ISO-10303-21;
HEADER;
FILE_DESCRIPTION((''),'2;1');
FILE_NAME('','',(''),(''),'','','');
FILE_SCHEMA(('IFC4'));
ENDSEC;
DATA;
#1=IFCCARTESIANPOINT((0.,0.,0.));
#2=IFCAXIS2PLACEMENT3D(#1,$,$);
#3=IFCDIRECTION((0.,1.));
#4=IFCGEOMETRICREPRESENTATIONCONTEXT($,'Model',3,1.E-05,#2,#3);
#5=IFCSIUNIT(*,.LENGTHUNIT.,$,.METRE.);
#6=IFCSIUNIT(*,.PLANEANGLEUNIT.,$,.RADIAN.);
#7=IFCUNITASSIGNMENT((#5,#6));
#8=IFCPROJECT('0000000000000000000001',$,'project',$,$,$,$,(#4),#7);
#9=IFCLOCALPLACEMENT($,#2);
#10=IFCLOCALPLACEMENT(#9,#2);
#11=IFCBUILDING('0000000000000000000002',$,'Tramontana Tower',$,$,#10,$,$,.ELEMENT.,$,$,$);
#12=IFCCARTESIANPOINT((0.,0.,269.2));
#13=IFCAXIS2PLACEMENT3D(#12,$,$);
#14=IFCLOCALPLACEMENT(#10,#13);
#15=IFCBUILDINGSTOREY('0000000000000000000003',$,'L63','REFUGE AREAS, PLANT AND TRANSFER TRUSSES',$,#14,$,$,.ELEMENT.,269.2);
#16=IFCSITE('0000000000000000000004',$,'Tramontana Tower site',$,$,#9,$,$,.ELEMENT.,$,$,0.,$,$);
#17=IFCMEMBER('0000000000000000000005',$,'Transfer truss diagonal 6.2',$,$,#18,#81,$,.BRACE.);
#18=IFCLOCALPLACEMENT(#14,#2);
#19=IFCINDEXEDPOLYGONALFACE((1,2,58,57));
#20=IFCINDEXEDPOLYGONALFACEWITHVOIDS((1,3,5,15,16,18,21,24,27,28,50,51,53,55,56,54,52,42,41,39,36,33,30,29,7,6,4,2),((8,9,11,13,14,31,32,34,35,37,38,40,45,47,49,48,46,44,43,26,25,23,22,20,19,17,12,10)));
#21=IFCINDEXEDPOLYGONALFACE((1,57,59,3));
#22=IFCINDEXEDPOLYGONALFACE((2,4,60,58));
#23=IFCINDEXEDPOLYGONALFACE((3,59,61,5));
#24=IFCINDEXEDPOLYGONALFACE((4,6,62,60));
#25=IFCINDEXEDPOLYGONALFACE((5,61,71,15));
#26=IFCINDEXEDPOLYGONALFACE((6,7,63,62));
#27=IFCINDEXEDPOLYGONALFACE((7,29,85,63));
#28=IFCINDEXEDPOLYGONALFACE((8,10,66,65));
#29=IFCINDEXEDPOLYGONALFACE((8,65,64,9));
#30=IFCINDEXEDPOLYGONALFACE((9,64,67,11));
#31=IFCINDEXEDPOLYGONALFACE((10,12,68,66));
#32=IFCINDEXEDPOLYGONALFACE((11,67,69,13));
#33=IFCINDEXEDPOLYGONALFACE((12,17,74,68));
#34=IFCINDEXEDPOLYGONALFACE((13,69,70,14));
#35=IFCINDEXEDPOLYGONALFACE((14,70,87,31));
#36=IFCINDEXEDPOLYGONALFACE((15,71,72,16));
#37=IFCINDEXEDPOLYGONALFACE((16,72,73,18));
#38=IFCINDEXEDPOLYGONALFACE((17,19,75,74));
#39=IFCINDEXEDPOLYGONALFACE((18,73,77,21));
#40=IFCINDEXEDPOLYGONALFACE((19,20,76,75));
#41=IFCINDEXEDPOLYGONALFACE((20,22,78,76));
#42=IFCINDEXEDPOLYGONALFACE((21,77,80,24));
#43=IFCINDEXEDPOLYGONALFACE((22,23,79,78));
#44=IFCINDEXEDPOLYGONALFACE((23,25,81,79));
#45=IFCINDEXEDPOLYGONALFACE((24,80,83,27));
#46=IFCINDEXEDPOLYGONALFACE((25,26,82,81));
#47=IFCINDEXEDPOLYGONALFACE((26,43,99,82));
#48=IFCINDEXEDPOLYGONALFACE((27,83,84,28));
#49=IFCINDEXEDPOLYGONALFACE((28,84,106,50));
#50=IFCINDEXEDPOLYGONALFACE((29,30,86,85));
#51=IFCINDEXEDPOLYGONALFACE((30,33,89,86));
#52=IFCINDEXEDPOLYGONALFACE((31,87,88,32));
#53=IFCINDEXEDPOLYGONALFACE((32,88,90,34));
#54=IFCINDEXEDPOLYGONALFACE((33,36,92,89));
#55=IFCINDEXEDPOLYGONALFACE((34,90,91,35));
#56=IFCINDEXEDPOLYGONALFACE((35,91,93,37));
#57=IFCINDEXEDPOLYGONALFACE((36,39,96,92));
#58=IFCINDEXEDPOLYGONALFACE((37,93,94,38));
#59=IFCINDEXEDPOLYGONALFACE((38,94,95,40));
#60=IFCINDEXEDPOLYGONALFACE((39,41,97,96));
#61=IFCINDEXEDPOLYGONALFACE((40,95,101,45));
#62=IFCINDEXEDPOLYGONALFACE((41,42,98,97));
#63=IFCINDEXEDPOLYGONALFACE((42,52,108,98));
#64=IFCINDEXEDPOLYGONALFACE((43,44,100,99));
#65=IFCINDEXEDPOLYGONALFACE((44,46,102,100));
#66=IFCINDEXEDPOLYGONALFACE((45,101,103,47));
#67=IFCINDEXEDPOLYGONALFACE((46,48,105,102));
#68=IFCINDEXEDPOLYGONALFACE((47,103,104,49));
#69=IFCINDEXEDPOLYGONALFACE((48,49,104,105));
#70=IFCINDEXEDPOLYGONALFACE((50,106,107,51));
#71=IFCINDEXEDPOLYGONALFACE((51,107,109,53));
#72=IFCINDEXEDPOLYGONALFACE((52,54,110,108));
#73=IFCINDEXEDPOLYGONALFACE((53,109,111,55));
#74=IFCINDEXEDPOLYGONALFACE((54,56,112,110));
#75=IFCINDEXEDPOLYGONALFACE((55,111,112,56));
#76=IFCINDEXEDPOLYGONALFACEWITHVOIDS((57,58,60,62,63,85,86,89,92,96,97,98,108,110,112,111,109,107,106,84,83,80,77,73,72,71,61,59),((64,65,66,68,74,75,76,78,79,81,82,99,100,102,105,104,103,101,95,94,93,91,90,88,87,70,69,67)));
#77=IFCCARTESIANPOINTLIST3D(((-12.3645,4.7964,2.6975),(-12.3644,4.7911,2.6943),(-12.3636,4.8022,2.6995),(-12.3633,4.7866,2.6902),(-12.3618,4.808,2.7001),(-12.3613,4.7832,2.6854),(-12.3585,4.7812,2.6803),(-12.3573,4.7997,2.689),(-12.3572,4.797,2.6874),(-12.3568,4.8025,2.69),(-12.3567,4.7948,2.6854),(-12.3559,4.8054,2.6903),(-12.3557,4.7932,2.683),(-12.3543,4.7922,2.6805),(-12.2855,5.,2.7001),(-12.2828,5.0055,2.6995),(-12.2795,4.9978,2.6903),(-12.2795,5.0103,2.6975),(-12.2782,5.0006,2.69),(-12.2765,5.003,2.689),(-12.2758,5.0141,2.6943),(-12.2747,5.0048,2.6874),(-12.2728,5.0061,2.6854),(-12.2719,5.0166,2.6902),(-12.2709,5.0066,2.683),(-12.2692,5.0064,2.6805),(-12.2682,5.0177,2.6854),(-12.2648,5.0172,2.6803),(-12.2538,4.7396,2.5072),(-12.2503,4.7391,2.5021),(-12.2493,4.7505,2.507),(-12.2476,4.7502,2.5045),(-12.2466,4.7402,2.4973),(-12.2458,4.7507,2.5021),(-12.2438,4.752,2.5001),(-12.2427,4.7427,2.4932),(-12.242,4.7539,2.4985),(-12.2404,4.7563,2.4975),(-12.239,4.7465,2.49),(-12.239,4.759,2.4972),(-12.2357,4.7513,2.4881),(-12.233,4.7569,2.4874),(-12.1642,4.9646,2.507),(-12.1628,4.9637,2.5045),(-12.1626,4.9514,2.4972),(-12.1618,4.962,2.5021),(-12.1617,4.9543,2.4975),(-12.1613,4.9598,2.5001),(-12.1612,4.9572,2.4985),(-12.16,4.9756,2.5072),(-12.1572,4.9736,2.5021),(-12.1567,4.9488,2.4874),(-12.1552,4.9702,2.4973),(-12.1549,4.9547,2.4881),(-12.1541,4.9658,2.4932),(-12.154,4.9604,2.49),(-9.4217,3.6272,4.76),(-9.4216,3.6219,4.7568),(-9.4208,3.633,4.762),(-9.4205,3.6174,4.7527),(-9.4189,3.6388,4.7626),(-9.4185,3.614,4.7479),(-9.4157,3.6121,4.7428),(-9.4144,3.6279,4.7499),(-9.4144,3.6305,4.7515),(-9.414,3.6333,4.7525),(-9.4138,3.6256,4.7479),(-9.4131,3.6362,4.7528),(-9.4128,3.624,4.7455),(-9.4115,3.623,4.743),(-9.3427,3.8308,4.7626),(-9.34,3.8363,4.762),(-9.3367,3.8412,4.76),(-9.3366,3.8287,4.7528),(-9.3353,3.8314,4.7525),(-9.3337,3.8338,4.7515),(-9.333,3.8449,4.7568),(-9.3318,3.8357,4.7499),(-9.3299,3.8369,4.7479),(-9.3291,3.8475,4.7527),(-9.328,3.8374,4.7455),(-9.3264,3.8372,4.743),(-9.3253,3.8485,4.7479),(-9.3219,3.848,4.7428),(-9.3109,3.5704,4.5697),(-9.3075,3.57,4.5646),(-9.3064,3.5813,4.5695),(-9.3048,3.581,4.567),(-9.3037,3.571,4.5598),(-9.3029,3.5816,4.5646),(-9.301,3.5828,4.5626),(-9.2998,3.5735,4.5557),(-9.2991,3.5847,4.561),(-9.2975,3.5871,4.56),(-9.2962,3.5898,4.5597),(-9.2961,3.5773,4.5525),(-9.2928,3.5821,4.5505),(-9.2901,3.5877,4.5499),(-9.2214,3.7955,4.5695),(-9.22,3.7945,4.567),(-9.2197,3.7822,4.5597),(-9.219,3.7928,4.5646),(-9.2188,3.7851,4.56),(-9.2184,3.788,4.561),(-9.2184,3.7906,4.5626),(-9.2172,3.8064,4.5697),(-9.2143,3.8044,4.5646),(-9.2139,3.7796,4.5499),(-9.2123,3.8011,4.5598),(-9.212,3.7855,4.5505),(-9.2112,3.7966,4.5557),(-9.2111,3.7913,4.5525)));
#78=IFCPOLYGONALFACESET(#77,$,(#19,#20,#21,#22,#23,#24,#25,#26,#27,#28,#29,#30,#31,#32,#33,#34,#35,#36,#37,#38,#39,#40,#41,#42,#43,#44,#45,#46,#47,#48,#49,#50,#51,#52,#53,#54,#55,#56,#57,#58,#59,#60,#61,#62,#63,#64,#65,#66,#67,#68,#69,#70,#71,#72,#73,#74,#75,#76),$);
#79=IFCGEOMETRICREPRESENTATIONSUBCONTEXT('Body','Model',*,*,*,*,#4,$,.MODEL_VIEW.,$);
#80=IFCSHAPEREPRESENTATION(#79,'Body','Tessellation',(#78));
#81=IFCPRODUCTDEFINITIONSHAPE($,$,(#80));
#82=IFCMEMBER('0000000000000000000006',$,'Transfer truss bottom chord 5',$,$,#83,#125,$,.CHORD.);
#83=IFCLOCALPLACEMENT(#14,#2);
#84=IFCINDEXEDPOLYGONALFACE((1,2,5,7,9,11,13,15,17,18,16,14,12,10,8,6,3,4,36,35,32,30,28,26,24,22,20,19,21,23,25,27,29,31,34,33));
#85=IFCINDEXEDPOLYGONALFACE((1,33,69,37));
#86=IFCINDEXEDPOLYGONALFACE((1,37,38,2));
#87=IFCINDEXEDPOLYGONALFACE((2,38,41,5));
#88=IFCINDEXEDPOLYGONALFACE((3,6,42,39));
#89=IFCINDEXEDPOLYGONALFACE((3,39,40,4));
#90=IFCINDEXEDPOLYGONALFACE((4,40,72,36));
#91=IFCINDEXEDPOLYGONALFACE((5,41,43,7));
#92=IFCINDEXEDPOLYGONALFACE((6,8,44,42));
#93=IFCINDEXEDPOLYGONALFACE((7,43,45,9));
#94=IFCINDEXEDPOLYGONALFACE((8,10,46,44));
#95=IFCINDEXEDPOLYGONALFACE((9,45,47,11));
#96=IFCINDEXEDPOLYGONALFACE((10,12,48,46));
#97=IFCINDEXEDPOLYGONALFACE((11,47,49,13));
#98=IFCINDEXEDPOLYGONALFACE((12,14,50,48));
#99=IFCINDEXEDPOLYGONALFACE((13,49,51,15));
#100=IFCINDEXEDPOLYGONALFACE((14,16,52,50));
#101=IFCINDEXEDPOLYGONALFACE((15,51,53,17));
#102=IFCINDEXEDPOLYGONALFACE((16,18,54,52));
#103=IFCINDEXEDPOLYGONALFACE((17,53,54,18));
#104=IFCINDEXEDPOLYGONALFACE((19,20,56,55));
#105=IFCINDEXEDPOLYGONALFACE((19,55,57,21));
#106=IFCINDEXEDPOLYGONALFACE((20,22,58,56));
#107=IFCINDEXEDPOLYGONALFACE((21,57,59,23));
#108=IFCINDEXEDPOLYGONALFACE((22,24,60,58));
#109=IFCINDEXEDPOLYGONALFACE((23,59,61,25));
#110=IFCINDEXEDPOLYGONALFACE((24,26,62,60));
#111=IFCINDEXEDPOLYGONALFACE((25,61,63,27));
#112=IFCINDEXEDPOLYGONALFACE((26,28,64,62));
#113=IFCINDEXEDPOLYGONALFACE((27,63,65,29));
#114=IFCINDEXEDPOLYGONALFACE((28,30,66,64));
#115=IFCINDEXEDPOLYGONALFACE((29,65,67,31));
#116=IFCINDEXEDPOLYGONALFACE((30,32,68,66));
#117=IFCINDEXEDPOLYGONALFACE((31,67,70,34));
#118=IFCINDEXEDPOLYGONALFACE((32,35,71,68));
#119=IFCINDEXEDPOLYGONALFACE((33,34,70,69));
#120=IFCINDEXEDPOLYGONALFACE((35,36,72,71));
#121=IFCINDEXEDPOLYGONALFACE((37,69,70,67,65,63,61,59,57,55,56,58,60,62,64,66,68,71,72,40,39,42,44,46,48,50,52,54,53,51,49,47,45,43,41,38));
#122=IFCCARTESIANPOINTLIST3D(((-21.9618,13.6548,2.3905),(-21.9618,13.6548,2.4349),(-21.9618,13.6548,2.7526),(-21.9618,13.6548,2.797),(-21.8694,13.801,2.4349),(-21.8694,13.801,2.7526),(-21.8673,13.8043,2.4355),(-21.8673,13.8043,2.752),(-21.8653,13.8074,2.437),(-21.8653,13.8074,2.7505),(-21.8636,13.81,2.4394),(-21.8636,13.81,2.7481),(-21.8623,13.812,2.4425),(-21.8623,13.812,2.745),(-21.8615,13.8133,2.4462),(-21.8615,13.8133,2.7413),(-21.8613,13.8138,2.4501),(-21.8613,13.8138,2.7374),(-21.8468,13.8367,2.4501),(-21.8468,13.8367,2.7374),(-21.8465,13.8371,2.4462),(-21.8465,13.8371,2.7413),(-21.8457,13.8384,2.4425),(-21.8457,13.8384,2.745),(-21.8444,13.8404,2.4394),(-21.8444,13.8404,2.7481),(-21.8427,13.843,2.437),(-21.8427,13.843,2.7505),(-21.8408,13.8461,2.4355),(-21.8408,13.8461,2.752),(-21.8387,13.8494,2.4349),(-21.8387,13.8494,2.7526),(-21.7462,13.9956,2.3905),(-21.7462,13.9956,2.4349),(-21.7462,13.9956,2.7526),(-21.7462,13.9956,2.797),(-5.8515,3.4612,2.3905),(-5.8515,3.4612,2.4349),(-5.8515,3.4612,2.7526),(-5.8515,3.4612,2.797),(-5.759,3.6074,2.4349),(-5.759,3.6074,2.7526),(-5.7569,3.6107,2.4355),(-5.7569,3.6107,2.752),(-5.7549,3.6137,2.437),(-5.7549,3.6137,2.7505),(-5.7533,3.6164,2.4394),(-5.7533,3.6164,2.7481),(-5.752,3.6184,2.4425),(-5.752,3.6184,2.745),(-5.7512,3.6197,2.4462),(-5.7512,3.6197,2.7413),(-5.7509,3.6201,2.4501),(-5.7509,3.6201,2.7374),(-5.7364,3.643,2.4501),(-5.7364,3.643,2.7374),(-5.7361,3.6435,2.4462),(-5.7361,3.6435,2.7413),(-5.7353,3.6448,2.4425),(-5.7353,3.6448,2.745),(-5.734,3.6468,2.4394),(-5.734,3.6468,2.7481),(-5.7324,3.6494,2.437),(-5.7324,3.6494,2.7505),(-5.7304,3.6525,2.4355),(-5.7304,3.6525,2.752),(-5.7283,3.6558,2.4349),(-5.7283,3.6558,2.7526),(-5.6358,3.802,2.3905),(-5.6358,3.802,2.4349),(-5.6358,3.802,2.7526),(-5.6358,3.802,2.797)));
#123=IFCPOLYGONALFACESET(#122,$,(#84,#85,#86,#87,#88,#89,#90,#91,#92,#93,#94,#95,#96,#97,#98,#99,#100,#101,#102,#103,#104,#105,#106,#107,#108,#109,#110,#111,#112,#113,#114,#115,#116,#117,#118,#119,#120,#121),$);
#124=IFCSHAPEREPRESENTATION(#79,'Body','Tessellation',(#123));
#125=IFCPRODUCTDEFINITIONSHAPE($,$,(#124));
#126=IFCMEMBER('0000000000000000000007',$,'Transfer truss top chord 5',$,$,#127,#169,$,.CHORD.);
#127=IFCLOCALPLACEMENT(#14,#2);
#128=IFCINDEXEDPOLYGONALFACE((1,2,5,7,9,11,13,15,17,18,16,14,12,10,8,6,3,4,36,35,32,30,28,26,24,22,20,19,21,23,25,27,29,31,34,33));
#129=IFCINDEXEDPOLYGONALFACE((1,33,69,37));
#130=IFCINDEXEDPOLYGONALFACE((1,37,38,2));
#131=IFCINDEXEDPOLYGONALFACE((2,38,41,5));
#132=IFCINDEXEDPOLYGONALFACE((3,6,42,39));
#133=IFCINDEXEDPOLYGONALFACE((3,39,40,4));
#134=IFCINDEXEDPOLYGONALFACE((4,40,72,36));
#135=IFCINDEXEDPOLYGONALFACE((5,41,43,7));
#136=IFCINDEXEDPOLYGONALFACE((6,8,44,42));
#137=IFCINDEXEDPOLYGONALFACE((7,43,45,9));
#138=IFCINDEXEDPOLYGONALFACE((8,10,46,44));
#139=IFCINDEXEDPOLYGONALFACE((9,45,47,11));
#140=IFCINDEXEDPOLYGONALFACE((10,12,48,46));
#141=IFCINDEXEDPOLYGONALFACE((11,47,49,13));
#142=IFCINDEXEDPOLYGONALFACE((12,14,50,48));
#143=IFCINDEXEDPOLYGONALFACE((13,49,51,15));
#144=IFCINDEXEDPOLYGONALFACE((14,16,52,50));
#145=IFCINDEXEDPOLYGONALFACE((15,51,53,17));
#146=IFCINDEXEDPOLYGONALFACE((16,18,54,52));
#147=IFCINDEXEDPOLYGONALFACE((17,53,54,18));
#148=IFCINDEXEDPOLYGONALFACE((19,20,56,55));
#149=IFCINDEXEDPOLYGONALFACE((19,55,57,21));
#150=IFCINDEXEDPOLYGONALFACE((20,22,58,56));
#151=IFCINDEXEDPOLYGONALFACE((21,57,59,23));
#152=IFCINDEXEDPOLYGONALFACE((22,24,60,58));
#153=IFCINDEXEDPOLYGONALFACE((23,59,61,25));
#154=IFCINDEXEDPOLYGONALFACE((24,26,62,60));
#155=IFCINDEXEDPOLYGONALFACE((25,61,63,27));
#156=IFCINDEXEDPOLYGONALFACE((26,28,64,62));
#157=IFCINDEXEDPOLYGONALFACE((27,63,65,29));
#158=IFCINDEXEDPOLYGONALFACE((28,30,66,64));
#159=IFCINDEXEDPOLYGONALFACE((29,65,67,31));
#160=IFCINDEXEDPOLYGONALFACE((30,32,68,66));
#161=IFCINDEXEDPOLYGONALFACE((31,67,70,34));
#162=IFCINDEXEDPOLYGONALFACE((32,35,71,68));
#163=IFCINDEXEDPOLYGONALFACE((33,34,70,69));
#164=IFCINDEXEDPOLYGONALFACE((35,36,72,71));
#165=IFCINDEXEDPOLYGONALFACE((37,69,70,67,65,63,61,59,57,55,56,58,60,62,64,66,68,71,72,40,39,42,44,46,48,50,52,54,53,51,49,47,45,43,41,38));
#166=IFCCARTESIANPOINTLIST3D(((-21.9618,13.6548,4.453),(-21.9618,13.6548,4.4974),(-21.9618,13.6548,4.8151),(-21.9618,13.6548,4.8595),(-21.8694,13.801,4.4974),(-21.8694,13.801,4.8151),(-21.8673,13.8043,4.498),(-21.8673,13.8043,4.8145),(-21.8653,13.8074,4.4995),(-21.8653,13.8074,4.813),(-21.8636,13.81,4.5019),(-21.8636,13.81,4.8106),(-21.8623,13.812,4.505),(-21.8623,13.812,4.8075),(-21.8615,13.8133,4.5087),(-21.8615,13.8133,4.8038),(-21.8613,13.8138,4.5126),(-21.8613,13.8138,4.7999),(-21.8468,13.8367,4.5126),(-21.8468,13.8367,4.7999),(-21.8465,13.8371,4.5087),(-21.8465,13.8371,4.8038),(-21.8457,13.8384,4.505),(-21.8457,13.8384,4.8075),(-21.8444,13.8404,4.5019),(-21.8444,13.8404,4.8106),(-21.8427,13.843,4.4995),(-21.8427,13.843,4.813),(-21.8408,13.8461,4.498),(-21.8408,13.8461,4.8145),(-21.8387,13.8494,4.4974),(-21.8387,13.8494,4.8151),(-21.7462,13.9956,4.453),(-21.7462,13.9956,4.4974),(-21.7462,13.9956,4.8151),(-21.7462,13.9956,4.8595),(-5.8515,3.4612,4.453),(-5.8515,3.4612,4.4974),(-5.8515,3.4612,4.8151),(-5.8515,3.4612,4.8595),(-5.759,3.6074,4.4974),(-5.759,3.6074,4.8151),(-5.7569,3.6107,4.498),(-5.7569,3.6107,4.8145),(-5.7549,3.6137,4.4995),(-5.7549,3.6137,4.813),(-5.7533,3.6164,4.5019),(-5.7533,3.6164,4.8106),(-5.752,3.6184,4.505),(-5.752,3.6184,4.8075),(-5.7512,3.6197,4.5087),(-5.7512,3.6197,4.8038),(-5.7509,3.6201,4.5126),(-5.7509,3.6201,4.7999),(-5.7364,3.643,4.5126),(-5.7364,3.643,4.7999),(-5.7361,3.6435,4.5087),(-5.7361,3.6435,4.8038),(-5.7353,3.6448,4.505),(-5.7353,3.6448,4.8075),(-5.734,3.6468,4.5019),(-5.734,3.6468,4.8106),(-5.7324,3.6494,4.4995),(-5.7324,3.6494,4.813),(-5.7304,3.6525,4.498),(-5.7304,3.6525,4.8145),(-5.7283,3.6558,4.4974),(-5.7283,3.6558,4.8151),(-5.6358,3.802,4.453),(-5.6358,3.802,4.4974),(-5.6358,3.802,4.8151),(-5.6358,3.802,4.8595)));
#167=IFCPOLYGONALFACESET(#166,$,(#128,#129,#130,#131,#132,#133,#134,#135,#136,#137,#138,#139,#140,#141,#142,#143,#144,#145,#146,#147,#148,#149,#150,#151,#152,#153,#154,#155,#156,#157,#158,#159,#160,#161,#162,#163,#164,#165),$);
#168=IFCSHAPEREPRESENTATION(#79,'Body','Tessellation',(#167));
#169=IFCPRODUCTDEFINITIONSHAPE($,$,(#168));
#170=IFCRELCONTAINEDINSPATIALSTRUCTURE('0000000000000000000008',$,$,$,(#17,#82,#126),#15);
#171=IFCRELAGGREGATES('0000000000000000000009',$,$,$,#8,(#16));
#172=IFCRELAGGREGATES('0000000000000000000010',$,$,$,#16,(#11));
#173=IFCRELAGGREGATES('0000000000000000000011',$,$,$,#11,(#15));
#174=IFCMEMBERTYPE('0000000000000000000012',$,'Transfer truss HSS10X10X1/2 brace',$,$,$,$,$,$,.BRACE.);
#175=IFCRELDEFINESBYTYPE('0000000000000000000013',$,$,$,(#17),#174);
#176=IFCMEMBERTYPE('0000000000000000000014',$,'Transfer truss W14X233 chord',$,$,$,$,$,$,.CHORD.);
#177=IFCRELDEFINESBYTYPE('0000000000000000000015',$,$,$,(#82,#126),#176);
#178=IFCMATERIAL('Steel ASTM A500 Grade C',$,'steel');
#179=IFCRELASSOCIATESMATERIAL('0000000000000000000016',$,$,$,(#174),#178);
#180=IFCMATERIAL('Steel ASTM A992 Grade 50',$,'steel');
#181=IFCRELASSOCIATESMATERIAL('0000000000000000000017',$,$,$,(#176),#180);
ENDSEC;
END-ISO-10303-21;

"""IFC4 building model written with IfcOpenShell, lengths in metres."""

from ifc_helpers import new_model, si_unit, direction, frame, origin, origin_2d, place, context, subcontext, project, spatial, hollow_rectangle, i_section, extrude, material, material_profile, profile_set, type_object, element, save


model = new_model("IFC4")

# Units and contexts
model_context = context("Model", 3, precision=1e-05, world=origin(), true_north=direction((0.0, 1.0)))
body_context = subcontext(model_context, "Body", "Model", "MODEL_VIEW")
ifc_project = project(units=[si_unit("LENGTHUNIT", "METRE"), si_unit("PLANEANGLEUNIT", "RADIAN")], contexts=[model_context])

# Site, building, storey
site_placement = place(None, origin())
site = spatial("IfcSite", under=ifc_project, at=site_placement, Name="Tramontana Tower site", CompositionType="ELEMENT", RefElevation=0.0)
building_placement = place(site_placement, origin())
building = spatial("IfcBuilding", under=site, at=building_placement, Name="Tramontana Tower", CompositionType="ELEMENT")
storey_placement = place(building_placement, frame((0.0, 0.0, 269.2)))
storey = spatial("IfcBuildingStorey", under=building, at=storey_placement, Name="L63", Description="REFUGE AREAS, PLANT AND TRANSFER TRUSSES", CompositionType="ELEMENT", Elevation=269.2)

# Members
ifc_material_1 = material(Name="Steel ASTM A500 Grade C", Category="steel")
ifc_material_profile_1 = material_profile(ifc_material_1, hollow_rectangle(XDim=0.2539, YDim=0.2539, WallThickness=0.0117, InnerFilletRadius=0.0117, OuterFilletRadius=0.0237, at=origin_2d()), Name="HSS10X10X1/2")
ifc_profile_set_1 = profile_set([ifc_material_profile_1], Name="Steel ASTM A500 Grade C")
member_type_1 = type_object("IfcMemberType", Name="Transfer truss HSS10X10X1/2 brace", PredefinedType="BRACE", material=ifc_profile_set_1)
member_placement = place(storey_placement, frame((-9.3164, 3.7092, 4.6562), z_axis=(-0.778728, 0.309385, -0.545769), x_axis=(-0.369223, -0.929341, 0.0)))
element("IfcMember", 1, at=member_placement, inside=storey, type_object=member_type_1, Name="Transfer truss diagonal 6.2", PredefinedType="BRACE", context=body_context, shape_type="SweptSolid", body=[
    extrude(hollow_rectangle(XDim=0.2539, YDim=0.2539, WallThickness=0.0117, InnerFilletRadius=0.0117, OuterFilletRadius=0.0237, at=origin_2d()), origin(), (0.0, 0.0, 1.0), 3.7791),
])
ifc_material_2 = material(Name="Steel ASTM A992 Grade 50", Category="steel")
ifc_material_profile_2 = material_profile(ifc_material_2, i_section(OverallWidth=0.4033, OverallDepth=0.4065, WebThickness=0.0271, FlangeThickness=0.0444, FilletRadius=0.0151, at=origin_2d()), Name="W14X233")
ifc_profile_set_2 = profile_set([ifc_material_profile_2], Name="Steel ASTM A992 Grade 50")
member_type_2 = type_object("IfcMemberType", Name="Transfer truss W14X233 chord", PredefinedType="CHORD", material=ifc_profile_set_2)
for number, where, z_axis, x_axis, name in (
    (2, (-5.7437, 3.6316, 2.5938), (-0.845047, 0.534692, 0.0), (-0.534692, -0.845047, 0.0), "Transfer truss bottom chord 5"),
    (3, (-5.7437, 3.6316, 4.6562), (-0.845047, 0.534692, 0.0), (-0.534692, -0.845047, 0.0), "Transfer truss top chord 5"),
):
    element("IfcMember", number, at=place(storey_placement, frame(where, z_axis=z_axis, x_axis=x_axis)), inside=storey, type_object=member_type_2, Name=name, PredefinedType="CHORD", context=body_context, shape_type="SweptSolid", body=[
        extrude(i_section(OverallWidth=0.4033, OverallDepth=0.4065, WebThickness=0.0271, FlangeThickness=0.0444, FilletRadius=0.0151, at=origin_2d()), origin(), (0.0, 0.0, 1.0), 19.0645),
    ])

save(model, "model.ifc")
